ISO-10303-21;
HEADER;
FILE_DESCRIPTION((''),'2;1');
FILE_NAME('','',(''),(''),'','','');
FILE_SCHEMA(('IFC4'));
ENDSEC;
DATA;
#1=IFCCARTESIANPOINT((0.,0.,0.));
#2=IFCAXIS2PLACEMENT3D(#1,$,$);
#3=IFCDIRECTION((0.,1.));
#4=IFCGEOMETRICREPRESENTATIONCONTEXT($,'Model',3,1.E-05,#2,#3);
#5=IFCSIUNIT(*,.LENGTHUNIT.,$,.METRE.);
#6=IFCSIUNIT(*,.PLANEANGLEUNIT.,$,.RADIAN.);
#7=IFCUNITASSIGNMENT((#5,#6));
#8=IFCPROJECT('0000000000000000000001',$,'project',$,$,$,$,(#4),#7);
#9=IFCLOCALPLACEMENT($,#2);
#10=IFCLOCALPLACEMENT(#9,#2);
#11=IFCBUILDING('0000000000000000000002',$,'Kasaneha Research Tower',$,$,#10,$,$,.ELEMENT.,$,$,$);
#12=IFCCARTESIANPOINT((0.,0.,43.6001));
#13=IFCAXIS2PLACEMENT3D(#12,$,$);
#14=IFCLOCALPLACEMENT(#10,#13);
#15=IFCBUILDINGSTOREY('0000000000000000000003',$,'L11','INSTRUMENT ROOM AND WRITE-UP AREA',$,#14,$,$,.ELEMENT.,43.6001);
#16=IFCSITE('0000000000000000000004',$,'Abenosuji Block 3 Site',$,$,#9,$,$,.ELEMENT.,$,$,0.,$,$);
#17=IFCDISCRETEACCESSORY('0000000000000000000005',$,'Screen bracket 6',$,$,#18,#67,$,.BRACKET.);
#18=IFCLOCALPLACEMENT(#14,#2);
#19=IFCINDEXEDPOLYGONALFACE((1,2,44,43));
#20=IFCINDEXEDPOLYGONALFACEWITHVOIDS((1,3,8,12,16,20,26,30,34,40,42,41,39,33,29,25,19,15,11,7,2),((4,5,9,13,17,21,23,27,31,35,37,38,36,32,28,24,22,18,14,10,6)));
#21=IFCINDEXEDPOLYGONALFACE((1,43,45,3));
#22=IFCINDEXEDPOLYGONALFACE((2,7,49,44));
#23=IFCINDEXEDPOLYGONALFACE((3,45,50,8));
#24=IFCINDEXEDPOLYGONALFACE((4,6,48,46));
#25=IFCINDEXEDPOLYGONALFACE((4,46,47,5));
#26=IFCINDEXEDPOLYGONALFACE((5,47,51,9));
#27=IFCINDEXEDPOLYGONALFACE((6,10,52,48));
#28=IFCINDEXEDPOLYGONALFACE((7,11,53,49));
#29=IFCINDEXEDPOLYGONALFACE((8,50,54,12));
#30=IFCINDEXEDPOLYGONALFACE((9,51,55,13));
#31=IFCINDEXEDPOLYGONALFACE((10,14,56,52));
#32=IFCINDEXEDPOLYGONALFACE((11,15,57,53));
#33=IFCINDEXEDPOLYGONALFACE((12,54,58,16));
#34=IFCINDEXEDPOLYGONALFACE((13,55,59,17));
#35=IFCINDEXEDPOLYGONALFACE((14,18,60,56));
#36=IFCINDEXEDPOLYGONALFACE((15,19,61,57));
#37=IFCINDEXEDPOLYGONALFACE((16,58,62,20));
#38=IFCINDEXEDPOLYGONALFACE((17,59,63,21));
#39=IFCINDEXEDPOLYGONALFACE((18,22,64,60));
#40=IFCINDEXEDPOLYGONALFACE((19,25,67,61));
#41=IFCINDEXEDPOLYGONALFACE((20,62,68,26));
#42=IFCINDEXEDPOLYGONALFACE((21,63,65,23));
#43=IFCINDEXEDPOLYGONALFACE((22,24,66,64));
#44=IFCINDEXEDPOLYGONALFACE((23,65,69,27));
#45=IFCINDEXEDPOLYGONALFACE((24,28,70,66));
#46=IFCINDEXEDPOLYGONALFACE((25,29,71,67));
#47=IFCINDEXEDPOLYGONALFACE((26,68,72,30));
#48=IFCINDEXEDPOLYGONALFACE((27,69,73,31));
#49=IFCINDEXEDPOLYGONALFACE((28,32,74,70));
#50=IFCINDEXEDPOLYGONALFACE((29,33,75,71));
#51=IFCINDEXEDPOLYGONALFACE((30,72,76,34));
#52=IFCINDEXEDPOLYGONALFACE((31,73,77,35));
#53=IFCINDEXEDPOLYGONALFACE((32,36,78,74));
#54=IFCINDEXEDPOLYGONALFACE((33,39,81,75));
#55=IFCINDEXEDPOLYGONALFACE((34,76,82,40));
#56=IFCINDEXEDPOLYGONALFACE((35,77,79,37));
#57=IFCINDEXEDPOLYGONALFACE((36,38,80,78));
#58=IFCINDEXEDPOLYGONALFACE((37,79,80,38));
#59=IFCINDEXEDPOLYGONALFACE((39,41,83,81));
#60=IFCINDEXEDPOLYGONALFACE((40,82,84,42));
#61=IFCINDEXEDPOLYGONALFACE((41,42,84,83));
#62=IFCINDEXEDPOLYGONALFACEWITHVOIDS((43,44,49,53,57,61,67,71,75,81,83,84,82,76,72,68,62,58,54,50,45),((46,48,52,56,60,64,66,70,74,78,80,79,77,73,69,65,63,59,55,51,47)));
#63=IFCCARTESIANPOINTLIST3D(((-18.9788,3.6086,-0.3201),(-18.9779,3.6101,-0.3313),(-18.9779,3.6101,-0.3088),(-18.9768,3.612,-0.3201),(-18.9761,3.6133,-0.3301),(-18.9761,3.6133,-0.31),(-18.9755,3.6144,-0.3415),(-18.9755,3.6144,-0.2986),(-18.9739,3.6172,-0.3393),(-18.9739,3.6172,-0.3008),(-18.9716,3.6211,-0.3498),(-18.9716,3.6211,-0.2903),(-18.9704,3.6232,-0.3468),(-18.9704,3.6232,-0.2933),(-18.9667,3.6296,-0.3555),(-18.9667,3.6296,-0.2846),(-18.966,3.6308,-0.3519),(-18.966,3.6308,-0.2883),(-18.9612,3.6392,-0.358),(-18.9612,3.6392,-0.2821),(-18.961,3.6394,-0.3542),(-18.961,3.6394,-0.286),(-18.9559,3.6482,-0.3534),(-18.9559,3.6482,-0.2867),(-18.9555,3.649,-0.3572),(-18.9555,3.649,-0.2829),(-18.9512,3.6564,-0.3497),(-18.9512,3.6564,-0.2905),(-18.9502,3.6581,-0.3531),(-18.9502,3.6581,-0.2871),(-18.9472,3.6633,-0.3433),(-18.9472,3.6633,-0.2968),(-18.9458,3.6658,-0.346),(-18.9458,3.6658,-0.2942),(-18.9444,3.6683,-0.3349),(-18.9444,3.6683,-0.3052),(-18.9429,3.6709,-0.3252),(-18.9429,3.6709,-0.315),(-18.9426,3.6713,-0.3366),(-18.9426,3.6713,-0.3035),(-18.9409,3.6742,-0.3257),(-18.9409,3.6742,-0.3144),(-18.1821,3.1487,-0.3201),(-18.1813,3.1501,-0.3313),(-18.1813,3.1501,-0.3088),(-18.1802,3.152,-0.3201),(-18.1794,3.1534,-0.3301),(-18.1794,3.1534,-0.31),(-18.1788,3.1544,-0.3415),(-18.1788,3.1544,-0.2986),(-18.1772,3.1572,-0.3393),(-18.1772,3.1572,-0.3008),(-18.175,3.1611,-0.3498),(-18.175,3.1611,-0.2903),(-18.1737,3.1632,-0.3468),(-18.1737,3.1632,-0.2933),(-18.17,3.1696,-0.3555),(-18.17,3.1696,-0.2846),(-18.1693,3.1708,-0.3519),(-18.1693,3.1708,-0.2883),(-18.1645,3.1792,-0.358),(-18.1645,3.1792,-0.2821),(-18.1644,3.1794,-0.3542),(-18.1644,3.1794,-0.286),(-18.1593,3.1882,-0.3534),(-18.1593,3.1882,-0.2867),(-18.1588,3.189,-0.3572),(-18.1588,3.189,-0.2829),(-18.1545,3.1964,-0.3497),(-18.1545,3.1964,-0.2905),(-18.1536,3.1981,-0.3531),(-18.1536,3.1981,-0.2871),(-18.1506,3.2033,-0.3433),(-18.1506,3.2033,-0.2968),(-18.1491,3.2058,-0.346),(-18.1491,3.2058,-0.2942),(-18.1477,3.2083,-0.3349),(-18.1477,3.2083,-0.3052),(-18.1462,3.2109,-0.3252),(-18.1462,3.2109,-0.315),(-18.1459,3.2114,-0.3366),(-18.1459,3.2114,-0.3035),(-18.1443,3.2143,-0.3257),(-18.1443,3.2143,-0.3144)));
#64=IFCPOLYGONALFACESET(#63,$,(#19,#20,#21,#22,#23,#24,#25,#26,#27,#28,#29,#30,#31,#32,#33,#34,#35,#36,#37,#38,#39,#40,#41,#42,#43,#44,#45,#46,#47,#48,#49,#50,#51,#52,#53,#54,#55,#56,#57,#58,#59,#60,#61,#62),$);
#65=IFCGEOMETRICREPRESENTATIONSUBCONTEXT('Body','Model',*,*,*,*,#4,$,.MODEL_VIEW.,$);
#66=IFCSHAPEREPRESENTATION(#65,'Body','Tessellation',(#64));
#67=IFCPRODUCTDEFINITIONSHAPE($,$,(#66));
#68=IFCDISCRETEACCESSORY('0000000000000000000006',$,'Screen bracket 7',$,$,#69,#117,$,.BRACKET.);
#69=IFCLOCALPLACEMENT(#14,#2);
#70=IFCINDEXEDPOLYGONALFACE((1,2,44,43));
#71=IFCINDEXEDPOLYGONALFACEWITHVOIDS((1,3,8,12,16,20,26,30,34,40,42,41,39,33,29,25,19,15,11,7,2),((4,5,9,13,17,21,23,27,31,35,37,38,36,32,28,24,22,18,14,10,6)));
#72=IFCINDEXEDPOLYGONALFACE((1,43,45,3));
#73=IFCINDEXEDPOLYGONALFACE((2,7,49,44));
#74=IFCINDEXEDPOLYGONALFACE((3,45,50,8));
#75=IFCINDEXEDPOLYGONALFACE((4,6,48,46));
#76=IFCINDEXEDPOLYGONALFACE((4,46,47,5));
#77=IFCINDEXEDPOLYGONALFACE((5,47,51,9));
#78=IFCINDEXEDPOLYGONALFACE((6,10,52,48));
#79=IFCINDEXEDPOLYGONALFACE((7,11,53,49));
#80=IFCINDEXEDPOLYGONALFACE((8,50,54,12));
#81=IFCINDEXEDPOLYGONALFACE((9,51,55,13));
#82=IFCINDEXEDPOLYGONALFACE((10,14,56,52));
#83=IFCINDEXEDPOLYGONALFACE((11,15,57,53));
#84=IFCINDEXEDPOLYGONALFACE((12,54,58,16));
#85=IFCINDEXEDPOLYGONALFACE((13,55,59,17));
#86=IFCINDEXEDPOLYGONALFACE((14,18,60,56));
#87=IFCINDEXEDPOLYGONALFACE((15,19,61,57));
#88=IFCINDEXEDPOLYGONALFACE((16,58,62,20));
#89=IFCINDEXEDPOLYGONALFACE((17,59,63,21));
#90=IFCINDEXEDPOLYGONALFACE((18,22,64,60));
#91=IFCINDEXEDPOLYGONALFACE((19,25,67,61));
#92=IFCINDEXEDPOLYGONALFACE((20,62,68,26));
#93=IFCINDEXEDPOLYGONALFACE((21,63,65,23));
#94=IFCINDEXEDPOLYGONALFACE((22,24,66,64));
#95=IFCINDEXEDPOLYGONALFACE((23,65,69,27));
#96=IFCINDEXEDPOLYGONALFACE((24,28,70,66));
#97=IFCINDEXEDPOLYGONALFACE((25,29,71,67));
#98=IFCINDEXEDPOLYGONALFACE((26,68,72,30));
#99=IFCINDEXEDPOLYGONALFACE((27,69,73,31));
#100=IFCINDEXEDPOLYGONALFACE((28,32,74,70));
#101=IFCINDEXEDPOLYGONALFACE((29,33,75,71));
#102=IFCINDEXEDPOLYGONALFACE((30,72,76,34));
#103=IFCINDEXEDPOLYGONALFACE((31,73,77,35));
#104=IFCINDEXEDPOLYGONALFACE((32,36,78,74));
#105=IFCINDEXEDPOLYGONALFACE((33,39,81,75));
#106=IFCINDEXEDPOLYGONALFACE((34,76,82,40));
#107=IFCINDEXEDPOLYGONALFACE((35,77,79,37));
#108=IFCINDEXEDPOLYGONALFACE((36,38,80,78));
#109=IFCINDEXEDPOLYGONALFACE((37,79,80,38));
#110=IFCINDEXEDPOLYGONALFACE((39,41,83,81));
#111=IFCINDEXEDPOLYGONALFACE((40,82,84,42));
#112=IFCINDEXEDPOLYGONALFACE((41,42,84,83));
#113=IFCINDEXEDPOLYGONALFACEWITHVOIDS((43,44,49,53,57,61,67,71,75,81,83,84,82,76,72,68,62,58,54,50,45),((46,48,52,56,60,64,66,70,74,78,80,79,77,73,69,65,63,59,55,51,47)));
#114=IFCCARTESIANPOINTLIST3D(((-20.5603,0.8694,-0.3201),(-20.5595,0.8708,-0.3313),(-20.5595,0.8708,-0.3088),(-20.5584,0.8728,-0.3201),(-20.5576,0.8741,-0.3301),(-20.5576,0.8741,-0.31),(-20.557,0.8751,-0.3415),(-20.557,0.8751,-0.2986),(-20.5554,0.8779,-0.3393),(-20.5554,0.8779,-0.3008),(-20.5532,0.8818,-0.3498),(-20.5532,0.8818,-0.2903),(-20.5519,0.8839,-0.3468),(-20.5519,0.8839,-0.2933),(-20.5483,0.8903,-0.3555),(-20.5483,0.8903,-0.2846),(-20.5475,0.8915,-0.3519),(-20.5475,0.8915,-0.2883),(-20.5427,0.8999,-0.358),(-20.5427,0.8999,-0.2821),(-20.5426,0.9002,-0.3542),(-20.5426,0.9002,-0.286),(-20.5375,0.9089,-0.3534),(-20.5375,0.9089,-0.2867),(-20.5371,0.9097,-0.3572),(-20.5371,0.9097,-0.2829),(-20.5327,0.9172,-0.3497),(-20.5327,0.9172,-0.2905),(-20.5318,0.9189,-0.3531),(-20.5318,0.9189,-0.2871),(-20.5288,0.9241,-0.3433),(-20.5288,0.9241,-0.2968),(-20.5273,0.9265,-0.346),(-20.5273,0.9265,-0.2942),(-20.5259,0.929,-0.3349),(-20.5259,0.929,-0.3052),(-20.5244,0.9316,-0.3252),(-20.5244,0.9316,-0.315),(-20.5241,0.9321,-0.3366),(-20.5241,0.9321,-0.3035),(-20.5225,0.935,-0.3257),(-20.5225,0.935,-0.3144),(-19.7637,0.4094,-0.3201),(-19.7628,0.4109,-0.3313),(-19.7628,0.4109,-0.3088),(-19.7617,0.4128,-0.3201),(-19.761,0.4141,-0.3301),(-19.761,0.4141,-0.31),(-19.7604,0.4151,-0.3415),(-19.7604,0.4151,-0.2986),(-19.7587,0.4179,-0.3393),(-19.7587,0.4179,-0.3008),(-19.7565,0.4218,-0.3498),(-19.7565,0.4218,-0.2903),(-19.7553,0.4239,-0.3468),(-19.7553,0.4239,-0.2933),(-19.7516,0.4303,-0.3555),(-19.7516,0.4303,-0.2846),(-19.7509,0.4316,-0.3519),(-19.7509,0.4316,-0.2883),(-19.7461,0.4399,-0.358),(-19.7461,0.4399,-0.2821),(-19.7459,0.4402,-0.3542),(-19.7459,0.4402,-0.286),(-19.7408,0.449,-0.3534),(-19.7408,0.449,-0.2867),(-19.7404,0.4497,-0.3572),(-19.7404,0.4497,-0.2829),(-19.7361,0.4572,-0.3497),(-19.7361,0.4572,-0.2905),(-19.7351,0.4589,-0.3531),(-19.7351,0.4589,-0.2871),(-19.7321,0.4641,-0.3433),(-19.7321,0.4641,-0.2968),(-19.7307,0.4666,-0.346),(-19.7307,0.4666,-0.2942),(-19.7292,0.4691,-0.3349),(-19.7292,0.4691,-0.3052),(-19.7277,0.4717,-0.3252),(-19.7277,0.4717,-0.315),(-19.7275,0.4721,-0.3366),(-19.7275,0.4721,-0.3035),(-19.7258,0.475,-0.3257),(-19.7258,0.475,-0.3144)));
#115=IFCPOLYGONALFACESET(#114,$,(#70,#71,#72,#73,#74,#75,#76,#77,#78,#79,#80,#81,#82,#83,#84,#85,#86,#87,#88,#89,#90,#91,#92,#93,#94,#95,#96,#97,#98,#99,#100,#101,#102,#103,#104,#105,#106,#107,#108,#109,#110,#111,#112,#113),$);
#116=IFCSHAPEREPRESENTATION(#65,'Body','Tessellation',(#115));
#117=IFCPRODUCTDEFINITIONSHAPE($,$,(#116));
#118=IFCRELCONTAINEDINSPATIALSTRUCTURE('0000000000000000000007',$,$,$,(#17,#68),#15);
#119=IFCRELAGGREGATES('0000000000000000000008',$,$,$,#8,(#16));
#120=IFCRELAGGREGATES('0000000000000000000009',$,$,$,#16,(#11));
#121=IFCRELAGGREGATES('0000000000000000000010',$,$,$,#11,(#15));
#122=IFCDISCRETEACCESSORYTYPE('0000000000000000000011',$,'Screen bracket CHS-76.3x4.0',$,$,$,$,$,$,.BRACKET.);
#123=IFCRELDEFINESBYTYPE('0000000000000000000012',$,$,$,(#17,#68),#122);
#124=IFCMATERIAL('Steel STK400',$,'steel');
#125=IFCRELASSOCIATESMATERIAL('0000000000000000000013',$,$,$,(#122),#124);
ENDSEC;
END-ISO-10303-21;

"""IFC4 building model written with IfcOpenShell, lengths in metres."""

from ifc_helpers import new_model, si_unit, direction, frame, origin, origin_2d, place, context, subcontext, project, spatial, hollow_circle, extrude, material, material_profile, profile_set, type_object, element, save


model = new_model("IFC4")

# Units and contexts
model_context = context("Model", 3, precision=1e-05, world=origin(), true_north=direction((0.0, 1.0)))
body_context = subcontext(model_context, "Body", "Model", "MODEL_VIEW")
ifc_project = project(units=[si_unit("LENGTHUNIT", "METRE"), si_unit("PLANEANGLEUNIT", "RADIAN")], contexts=[model_context])

# Site, building, storey
site_placement = place(None, origin())
site = spatial("IfcSite", under=ifc_project, at=site_placement, Name="Abenosuji Block 3 Site", CompositionType="ELEMENT", RefElevation=0.0)
building_placement = place(site_placement, origin())
building = spatial("IfcBuilding", under=site, at=building_placement, Name="Kasaneha Research Tower", CompositionType="ELEMENT")
storey_placement = place(building_placement, frame((0.0, 0.0, 43.6001)))
storey = spatial("IfcBuildingStorey", under=building, at=storey_placement, Name="L11", Description="INSTRUMENT ROOM AND WRITE-UP AREA", CompositionType="ELEMENT", Elevation=43.6001)

# Discrete accessories
ifc_material_1 = material(Name="Steel STK400", Category="steel")
ifc_material_profile_1 = material_profile(ifc_material_1, hollow_circle(Radius=0.0381, WallThickness=0.0039, at=origin_2d()), Name="CHS-76.3x4.0")
ifc_profile_set_1 = profile_set([ifc_material_profile_1], Name="Steel STK400")
discrete_accessory_type = type_object("IfcDiscreteAccessoryType", Name="Screen bracket CHS-76.3x4.0", PredefinedType="BRACKET", material=ifc_profile_set_1)
for number, where, z_axis, x_axis, name in (
    (1, (-18.1631, 3.1816, -0.3201), (-0.866013, 0.500021, 0.0), (-0.500021, -0.866013, 0.0), "Screen bracket 6"),
    (2, (-19.7446, 0.4424, -0.3201), (-0.866013, 0.500021, 0.0), (-0.500021, -0.866013, 0.0), "Screen bracket 7"),
):
    element("IfcDiscreteAccessory", number, at=place(storey_placement, frame(where, z_axis=z_axis, x_axis=x_axis)), inside=storey, type_object=discrete_accessory_type, Name=name, PredefinedType="BRACKET", context=body_context, shape_type="SweptSolid", body=[
        extrude(hollow_circle(Radius=0.0381, WallThickness=0.0039, at=origin_2d()), origin(), (0.0, 0.0, 1.0), 0.9199),
    ])

save(model, "model.ifc")
